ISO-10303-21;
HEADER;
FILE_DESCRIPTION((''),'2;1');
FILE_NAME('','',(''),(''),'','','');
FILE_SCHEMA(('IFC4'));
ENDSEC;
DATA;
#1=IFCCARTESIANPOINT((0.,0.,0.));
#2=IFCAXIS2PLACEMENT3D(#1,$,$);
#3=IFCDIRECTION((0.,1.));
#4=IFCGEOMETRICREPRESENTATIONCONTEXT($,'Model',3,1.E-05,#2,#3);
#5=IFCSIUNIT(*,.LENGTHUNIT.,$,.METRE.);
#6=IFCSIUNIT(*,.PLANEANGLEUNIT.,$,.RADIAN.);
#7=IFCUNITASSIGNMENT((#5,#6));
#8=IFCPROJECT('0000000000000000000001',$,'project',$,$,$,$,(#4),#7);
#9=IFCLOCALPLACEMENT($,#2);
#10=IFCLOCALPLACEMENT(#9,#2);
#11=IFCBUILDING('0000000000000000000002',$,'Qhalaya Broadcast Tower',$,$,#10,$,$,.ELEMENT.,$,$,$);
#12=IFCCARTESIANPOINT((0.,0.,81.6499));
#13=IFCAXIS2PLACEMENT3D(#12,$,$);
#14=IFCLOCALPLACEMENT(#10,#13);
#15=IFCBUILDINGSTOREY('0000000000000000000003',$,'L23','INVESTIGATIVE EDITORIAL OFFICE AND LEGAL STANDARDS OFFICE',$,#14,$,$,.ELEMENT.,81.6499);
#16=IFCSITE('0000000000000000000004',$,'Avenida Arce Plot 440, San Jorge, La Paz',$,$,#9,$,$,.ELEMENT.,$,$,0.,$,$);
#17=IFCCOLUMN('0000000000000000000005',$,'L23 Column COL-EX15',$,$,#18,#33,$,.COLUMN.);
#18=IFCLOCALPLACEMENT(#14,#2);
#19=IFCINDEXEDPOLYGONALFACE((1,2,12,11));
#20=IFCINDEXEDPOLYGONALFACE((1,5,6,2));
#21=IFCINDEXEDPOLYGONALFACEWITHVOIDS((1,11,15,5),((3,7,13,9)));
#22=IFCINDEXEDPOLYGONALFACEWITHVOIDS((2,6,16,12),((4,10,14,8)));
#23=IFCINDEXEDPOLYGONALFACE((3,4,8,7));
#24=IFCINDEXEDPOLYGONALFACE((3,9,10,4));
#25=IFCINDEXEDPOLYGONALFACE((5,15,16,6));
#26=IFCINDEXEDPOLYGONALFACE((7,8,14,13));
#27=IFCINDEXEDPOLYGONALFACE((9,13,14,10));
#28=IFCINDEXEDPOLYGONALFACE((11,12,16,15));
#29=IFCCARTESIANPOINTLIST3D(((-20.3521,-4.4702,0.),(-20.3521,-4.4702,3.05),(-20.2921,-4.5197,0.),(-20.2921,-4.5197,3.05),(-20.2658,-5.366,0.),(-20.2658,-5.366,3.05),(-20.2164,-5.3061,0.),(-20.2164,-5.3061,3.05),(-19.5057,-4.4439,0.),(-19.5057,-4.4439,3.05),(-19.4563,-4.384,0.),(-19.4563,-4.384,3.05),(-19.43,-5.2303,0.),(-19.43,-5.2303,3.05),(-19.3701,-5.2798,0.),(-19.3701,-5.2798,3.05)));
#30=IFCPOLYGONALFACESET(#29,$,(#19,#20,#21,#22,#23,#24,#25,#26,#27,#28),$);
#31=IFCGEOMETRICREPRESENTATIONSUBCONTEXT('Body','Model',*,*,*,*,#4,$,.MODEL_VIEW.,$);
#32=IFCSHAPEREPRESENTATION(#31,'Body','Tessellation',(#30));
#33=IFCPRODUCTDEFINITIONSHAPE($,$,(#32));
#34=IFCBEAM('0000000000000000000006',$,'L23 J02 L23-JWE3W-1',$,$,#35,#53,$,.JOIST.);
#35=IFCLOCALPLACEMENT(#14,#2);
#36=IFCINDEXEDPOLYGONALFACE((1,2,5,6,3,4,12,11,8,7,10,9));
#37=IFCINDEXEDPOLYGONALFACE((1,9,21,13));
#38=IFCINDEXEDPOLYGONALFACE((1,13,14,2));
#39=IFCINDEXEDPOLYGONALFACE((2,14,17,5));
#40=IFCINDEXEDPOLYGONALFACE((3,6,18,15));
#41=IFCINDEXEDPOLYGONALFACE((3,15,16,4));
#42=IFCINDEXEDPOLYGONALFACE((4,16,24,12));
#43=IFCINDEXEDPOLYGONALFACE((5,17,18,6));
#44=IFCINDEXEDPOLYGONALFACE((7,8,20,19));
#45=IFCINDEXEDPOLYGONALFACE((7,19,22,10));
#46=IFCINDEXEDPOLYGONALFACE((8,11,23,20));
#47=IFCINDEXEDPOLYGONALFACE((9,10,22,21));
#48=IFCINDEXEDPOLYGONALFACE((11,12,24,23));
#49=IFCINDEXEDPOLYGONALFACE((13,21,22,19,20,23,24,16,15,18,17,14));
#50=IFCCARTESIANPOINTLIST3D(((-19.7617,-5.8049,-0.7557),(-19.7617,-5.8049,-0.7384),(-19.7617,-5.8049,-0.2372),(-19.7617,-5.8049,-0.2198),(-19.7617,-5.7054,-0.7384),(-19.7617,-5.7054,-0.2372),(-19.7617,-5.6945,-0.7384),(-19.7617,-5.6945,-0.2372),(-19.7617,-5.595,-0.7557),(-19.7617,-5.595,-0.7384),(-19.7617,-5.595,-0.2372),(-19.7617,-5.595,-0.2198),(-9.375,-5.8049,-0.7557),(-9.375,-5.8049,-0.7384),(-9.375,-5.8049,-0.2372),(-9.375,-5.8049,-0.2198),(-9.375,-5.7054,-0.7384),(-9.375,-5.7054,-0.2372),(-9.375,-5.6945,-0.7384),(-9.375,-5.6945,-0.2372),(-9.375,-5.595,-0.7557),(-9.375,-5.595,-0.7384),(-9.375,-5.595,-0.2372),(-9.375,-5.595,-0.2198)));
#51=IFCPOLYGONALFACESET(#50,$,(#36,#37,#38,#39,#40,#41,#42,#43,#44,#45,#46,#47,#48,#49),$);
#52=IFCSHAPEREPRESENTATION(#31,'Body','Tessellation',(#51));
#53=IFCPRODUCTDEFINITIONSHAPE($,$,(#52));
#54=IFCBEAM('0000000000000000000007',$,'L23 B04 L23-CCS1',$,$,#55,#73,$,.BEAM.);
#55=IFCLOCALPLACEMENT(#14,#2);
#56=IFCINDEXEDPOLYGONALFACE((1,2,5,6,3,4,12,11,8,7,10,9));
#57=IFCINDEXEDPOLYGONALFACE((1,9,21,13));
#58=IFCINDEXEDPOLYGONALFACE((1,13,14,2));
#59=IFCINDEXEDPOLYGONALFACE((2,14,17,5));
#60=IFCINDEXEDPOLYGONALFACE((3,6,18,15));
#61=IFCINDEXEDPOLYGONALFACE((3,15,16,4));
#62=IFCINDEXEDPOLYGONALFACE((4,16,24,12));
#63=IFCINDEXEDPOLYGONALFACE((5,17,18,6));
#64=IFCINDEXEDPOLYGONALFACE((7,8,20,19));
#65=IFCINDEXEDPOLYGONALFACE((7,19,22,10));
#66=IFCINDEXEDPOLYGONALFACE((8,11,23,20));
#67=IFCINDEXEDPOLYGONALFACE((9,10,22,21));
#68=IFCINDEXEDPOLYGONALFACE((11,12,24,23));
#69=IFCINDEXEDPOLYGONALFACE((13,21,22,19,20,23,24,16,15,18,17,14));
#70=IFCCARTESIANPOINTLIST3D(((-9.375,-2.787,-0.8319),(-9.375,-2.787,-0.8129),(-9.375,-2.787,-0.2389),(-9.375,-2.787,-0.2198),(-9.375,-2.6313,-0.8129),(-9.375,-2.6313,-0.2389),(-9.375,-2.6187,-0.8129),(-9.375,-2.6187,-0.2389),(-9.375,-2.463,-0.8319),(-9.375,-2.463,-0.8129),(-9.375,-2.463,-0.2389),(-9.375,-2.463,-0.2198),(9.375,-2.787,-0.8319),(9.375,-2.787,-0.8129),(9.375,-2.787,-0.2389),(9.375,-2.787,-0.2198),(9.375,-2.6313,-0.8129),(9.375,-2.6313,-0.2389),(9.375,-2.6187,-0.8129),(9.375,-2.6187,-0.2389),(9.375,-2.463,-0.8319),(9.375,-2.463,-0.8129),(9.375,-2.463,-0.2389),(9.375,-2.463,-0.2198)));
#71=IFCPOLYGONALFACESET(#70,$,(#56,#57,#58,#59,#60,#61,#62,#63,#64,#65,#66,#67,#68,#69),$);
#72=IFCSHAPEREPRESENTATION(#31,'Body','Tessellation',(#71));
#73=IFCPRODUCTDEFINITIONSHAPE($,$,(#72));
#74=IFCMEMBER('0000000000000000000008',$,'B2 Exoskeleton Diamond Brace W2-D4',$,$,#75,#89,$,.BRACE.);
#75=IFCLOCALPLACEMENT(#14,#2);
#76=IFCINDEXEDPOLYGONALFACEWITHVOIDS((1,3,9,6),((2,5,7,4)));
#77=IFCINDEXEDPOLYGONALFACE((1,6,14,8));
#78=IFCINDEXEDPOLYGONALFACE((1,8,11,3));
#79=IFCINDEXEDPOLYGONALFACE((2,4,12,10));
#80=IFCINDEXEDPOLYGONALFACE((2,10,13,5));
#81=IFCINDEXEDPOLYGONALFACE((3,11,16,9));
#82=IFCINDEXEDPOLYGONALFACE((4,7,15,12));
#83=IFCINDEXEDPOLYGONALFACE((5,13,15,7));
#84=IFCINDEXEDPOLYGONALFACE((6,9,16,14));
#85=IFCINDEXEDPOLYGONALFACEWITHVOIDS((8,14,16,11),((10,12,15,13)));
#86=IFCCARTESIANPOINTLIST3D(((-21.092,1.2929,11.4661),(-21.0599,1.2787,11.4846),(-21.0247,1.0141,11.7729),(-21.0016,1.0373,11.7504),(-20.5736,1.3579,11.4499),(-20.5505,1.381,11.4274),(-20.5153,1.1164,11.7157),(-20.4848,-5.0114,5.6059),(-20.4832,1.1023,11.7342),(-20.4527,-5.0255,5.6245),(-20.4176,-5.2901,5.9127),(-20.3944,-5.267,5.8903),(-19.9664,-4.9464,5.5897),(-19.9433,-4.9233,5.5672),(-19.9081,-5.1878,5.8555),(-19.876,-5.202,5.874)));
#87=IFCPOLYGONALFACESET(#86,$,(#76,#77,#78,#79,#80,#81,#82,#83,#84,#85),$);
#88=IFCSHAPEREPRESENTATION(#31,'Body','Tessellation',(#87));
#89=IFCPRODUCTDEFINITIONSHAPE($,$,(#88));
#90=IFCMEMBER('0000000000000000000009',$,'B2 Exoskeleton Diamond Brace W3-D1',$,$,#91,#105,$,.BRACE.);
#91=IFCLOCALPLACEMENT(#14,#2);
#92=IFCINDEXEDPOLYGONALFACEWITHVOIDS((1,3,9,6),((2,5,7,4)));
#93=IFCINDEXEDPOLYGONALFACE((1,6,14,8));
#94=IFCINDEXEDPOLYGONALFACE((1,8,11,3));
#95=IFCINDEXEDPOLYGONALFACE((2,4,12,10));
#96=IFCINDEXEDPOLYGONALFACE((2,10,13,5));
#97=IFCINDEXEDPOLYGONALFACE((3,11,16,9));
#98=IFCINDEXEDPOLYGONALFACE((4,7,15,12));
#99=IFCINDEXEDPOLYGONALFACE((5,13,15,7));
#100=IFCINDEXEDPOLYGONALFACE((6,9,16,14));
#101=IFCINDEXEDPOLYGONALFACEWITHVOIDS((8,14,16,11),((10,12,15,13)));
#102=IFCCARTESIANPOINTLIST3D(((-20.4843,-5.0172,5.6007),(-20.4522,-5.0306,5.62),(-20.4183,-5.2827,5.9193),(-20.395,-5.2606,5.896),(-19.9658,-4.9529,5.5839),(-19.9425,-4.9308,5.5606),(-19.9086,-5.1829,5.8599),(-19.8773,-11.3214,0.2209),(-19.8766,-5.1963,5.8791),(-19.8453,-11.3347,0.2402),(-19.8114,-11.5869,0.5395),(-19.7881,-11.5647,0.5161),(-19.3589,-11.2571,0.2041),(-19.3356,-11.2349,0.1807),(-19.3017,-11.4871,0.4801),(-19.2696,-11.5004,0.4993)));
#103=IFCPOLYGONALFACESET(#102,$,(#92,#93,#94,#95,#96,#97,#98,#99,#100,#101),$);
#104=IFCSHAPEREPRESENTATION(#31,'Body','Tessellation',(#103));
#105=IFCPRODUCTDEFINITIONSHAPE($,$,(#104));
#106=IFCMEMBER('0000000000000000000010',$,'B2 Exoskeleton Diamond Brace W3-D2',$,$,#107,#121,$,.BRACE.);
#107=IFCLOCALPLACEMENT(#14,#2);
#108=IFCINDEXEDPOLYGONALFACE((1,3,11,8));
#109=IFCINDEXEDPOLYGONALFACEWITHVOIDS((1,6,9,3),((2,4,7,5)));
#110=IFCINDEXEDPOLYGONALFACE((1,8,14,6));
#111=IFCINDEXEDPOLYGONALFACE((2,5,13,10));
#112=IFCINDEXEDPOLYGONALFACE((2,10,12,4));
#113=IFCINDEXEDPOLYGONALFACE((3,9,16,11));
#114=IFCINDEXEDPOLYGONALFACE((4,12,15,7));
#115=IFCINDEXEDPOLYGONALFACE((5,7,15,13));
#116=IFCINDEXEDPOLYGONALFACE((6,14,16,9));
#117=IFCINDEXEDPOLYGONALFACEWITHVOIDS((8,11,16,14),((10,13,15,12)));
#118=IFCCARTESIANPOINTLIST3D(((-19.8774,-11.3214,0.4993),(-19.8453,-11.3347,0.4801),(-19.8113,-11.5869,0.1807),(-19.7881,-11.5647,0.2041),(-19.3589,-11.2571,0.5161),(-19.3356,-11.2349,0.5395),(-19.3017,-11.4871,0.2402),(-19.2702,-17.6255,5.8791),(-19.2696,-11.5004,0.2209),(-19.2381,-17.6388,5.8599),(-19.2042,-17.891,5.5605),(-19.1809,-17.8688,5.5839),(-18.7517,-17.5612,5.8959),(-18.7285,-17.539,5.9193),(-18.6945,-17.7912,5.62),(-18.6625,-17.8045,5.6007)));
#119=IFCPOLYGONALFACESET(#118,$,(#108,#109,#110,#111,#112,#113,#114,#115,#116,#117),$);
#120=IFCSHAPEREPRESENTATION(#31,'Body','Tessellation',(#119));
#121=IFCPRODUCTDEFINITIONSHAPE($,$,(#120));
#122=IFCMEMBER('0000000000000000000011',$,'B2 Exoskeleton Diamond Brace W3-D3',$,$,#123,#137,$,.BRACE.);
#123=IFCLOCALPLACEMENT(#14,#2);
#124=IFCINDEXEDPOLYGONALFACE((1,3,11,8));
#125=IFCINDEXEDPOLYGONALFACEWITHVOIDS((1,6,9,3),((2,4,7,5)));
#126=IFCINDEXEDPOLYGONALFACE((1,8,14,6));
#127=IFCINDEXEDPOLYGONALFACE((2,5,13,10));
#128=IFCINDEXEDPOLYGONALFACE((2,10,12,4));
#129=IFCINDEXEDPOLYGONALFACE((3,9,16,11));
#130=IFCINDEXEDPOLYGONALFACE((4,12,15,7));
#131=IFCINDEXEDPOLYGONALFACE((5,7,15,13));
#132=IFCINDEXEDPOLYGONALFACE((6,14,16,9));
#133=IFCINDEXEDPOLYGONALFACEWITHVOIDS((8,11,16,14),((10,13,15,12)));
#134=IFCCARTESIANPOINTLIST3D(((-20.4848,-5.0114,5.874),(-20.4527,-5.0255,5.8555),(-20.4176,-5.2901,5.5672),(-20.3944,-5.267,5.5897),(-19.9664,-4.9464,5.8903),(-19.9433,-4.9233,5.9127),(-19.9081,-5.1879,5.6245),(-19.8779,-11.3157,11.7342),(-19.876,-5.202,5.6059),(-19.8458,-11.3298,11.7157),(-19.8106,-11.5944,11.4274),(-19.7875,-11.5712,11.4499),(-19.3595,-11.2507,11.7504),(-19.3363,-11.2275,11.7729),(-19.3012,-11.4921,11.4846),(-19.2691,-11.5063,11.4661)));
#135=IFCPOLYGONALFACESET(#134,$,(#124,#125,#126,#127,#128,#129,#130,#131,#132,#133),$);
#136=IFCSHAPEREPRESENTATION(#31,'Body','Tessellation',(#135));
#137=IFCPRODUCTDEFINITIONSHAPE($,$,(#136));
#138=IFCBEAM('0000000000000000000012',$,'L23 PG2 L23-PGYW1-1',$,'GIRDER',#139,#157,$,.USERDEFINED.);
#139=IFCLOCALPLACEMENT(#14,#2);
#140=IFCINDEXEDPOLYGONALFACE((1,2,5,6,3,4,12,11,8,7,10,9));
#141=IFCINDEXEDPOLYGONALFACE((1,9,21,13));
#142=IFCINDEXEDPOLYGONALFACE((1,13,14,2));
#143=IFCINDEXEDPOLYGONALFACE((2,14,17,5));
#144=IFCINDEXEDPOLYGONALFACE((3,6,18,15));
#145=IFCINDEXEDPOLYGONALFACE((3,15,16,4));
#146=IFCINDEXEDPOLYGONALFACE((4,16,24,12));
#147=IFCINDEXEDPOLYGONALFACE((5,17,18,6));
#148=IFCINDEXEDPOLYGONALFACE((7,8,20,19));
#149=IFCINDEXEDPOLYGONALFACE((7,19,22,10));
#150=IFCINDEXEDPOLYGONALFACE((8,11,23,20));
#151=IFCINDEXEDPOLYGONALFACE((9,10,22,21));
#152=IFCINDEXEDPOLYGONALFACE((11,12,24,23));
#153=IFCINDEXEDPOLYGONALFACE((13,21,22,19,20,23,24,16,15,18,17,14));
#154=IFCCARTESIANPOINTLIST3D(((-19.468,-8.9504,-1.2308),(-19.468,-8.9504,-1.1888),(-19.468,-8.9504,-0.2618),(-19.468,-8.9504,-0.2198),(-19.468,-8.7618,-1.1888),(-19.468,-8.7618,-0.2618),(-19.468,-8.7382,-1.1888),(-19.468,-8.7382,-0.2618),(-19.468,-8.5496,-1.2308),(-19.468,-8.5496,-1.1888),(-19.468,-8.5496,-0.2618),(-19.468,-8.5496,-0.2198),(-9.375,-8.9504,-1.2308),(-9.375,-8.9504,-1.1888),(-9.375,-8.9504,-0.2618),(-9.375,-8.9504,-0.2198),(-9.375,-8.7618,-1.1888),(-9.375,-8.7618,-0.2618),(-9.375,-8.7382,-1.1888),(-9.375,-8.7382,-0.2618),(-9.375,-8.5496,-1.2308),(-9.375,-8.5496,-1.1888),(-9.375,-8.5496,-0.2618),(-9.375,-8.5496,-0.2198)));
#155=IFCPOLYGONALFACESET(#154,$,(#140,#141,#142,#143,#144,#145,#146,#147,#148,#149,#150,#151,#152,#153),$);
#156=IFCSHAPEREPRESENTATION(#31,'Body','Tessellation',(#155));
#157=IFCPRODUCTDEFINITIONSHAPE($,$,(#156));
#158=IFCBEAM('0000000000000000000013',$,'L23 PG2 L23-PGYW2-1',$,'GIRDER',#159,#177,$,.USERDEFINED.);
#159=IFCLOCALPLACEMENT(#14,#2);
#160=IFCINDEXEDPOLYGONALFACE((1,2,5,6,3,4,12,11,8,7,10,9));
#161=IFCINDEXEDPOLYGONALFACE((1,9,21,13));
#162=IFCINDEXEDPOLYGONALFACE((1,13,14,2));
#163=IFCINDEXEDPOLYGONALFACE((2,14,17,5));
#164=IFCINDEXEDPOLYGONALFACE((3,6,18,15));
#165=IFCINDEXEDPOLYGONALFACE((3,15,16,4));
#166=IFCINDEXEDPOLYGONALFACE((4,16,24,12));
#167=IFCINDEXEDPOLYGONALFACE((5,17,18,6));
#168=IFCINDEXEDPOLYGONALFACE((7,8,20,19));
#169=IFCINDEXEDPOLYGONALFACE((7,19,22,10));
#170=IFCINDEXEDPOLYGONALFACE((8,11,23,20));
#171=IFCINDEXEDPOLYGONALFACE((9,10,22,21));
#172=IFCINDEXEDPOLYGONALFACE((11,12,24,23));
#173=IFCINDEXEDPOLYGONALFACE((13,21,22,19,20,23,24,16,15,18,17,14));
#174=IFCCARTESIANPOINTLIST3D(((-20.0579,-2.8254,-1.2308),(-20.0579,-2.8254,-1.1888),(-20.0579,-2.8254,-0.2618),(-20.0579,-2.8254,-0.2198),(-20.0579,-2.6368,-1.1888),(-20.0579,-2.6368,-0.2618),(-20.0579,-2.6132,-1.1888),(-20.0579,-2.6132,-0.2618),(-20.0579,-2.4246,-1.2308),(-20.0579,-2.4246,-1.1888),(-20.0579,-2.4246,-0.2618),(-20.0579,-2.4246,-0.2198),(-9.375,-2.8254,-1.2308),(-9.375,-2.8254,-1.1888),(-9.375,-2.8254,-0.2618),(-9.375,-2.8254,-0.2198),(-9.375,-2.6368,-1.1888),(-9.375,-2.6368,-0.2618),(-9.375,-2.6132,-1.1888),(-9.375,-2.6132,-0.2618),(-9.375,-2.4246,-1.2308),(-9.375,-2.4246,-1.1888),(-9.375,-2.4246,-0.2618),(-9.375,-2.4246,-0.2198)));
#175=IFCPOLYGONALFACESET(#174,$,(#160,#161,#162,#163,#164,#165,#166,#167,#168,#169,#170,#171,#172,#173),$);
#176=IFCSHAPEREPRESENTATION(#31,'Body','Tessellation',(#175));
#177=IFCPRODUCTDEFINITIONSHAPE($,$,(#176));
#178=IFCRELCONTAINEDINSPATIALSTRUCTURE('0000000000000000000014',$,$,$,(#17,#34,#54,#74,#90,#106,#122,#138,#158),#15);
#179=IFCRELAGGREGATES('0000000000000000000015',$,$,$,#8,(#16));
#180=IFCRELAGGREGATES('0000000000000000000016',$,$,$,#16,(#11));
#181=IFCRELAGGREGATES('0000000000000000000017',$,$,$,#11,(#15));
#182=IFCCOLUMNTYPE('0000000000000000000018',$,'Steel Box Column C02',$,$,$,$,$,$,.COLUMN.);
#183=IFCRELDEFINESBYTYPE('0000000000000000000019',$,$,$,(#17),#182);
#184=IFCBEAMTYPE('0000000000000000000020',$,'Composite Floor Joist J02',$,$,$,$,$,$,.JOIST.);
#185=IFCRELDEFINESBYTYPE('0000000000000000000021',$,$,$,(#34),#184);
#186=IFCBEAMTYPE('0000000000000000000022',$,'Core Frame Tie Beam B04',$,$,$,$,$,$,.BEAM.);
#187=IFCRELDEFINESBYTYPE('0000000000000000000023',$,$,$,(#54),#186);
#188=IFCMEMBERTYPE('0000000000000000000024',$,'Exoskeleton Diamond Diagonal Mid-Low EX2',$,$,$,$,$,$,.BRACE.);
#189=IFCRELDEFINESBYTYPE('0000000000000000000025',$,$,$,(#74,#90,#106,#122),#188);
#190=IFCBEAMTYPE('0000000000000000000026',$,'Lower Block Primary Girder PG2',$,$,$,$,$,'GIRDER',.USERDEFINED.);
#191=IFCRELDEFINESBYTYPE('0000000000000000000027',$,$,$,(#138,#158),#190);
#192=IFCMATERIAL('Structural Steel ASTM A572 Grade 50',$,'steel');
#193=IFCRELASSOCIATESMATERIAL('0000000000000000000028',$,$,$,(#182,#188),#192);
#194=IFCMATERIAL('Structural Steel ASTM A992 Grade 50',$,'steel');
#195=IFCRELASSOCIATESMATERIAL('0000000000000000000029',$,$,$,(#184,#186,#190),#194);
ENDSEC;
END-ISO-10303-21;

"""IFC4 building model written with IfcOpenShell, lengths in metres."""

from ifc_helpers import new_model, si_unit, direction, frame, origin, origin_2d, place, context, subcontext, project, spatial, hollow_rectangle, i_section, extrude, material, material_profile, profile_set, type_object, element, save


model = new_model("IFC4")

# Units and contexts
model_context = context("Model", 3, precision=1e-05, world=origin(), true_north=direction((0.0, 1.0)))
body_context = subcontext(model_context, "Body", "Model", "MODEL_VIEW")
ifc_project = project(units=[si_unit("LENGTHUNIT", "METRE"), si_unit("PLANEANGLEUNIT", "RADIAN")], contexts=[model_context])

# Site, building, storey
site_placement = place(None, origin())
site = spatial("IfcSite", under=ifc_project, at=site_placement, Name="Avenida Arce Plot 440, San Jorge, La Paz", CompositionType="ELEMENT", RefElevation=0.0)
building_placement = place(site_placement, origin())
building = spatial("IfcBuilding", under=site, at=building_placement, Name="Qhalaya Broadcast Tower", CompositionType="ELEMENT")
storey_placement = place(building_placement, frame((0.0, 0.0, 81.6499)))
storey = spatial("IfcBuildingStorey", under=building, at=storey_placement, Name="L23", Description="INVESTIGATIVE EDITORIAL OFFICE AND LEGAL STANDARDS OFFICE", CompositionType="ELEMENT", Elevation=81.6499)

# Column
ifc_material_1 = material(Name="Structural Steel ASTM A572 Grade 50", Category="steel")
ifc_material_profile_1 = material_profile(ifc_material_1, hollow_rectangle(XDim=0.8999, YDim=0.8999, WallThickness=0.0549, at=origin_2d()), Name="BOX 900x900x55")
ifc_profile_set_1 = profile_set([ifc_material_profile_1], Name="Structural Steel ASTM A572 Grade 50")
column_type = type_object("IfcColumnType", Name="Steel Box Column C02", PredefinedType="COLUMN", material=ifc_profile_set_1)
column_placement = place(storey_placement, frame((-19.8611, -4.875, 0.0), z_axis=(0.0, 0.0, 1.0), x_axis=(-0.095846, 0.995396, 0.0)))
element("IfcColumn", 1, at=column_placement, inside=storey, type_object=column_type, Name="L23 Column COL-EX15", PredefinedType="COLUMN", context=body_context, shape_type="SweptSolid", body=[
    extrude(hollow_rectangle(XDim=0.8999, YDim=0.8999, WallThickness=0.0549, at=origin_2d()), origin(), (0.0, 0.0, 1.0), 3.05),
])

# Beams
ifc_material_2 = material(Name="Structural Steel ASTM A992 Grade 50", Category="steel")
ifc_material_profile_2 = material_profile(ifc_material_2, i_section(OverallWidth=0.21, OverallDepth=0.5359, WebThickness=0.011, FlangeThickness=0.0173, at=origin_2d()), Name="W21X68")
ifc_profile_set_2 = profile_set([ifc_material_profile_2], Name="Structural Steel ASTM A992 Grade 50")
beam_type_1 = type_object("IfcBeamType", Name="Composite Floor Joist J02", PredefinedType="JOIST", material=ifc_profile_set_2)
beam_1_placement = place(storey_placement, frame((-19.7617, -5.7, -0.4878), z_axis=(1.0, 0.0, 0.0), x_axis=(0.0, 1.0, 0.0)))
element("IfcBeam", 2, at=beam_1_placement, inside=storey, type_object=beam_type_1, Name="L23 J02 L23-JWE3W-1", PredefinedType="JOIST", context=body_context, shape_type="SweptSolid", body=[
    extrude(i_section(OverallWidth=0.21, OverallDepth=0.5359, WebThickness=0.011, FlangeThickness=0.0173, at=origin_2d()), origin(), (0.0, 0.0, 1.0), 10.3867),
])
ifc_material_profile_3 = material_profile(ifc_material_2, i_section(OverallWidth=0.324, OverallDepth=0.6121, WebThickness=0.0127, FlangeThickness=0.019, at=origin_2d()), Name="W24X104")
ifc_profile_set_3 = profile_set([ifc_material_profile_3], Name="Structural Steel ASTM A992 Grade 50")
beam_type_2 = type_object("IfcBeamType", Name="Core Frame Tie Beam B04", PredefinedType="BEAM", material=ifc_profile_set_3)
beam_2_placement = place(storey_placement, frame((-9.375, -2.625, -0.5259), z_axis=(1.0, 0.0, 0.0), x_axis=(0.0, 1.0, 0.0)))
element("IfcBeam", 3, at=beam_2_placement, inside=storey, type_object=beam_type_2, Name="L23 B04 L23-CCS1", PredefinedType="BEAM", context=body_context, shape_type="SweptSolid", body=[
    extrude(i_section(OverallWidth=0.324, OverallDepth=0.6121, WebThickness=0.0127, FlangeThickness=0.019, at=origin_2d()), origin(), (0.0, 0.0, 1.0), 18.75),
])

# Members
ifc_material_profile_4 = material_profile(ifc_material_1, hollow_rectangle(XDim=0.4199, YDim=0.55, WallThickness=0.0281, at=origin_2d()), Name="BOX 420x550x28")
ifc_profile_set_4 = profile_set([ifc_material_profile_4], Name="Structural Steel ASTM A572 Grade 50")
member_type_1 = type_object("IfcMemberType", Name="Exoskeleton Diamond Diagonal Mid-Low EX2", PredefinedType="BRACE", material=ifc_profile_set_4)
member_1_placement = place(storey_placement, frame((-20.1804, -5.1067, 5.74), z_axis=(-0.070368, 0.730618, 0.679151), x_axis=(0.160214, -0.663721, 0.73062)))
element("IfcMember", 4, at=member_1_placement, inside=storey, type_object=member_type_1, Name="B2 Exoskeleton Diamond Brace W2-D4", PredefinedType="BRACE", context=body_context, shape_type="SweptSolid", body=[
    extrude(hollow_rectangle(XDim=0.4199, YDim=0.55, WallThickness=0.0281, at=origin_2d()), origin(), (0.0, 0.0, 1.0), 8.6287),
])
for number, where, z_axis, x_axis, name in (
    (5, (-19.5735, -11.4109, 0.3601), (-0.073037, 0.758637, 0.647406), (0.157161, -0.632275, 0.758636), "B2 Exoskeleton Diamond Brace W3-D1"),
    (6, (-19.5735, -11.4109, 0.3601), (0.073067, -0.758636, 0.647405), (-0.157185, 0.632268, 0.758637), "B2 Exoskeleton Diamond Brace W3-D2"),
):
    element("IfcMember", number, at=place(storey_placement, frame(where, z_axis=z_axis, x_axis=x_axis)), inside=storey, type_object=member_type_1, Name=name, PredefinedType="BRACE", context=body_context, shape_type="SweptSolid", body=[
        extrude(hollow_rectangle(XDim=0.4199, YDim=0.55, WallThickness=0.0281, at=origin_2d()), origin(), (0.0, 0.0, 1.0), 8.3098),
    ])
member_2_placement = place(storey_placement, frame((-20.1804, -5.1067, 5.74), z_axis=(0.07034, -0.73062, 0.679152), x_axis=(-0.160189, 0.663729, 0.730619)))
element("IfcMember", 7, at=member_2_placement, inside=storey, type_object=member_type_1, Name="B2 Exoskeleton Diamond Brace W3-D3", PredefinedType="BRACE", context=body_context, shape_type="SweptSolid", body=[
    extrude(hollow_rectangle(XDim=0.4199, YDim=0.55, WallThickness=0.0281, at=origin_2d()), origin(), (0.0, 0.0, 1.0), 8.6287),
])

# Beams
ifc_material_profile_5 = material_profile(ifc_material_2, i_section(OverallWidth=0.4009, OverallDepth=1.011, WebThickness=0.0237, FlangeThickness=0.042, at=origin_2d()), Name="W40X297")
ifc_profile_set_5 = profile_set([ifc_material_profile_5], Name="Structural Steel ASTM A992 Grade 50")
beam_type_3 = type_object("IfcBeamType", Name="Lower Block Primary Girder PG2", ElementType="GIRDER", PredefinedType="USERDEFINED", material=ifc_profile_set_5)
beam_3_placement = place(storey_placement, frame((-19.468, -8.75, -0.7253), z_axis=(1.0, 0.0, 0.0), x_axis=(0.0, 1.0, 0.0)))
element("IfcBeam", 8, at=beam_3_placement, inside=storey, type_object=beam_type_3, Name="L23 PG2 L23-PGYW1-1", ObjectType="GIRDER", PredefinedType="USERDEFINED", context=body_context, shape_type="SweptSolid", body=[
    extrude(i_section(OverallWidth=0.4009, OverallDepth=1.011, WebThickness=0.0237, FlangeThickness=0.042, at=origin_2d()), origin(), (0.0, 0.0, 1.0), 10.093),
])
beam_4_placement = place(storey_placement, frame((-20.0579, -2.625, -0.7253), z_axis=(1.0, 0.0, 0.0), x_axis=(0.0, 1.0, 0.0)))
element("IfcBeam", 9, at=beam_4_placement, inside=storey, type_object=beam_type_3, Name="L23 PG2 L23-PGYW2-1", ObjectType="GIRDER", PredefinedType="USERDEFINED", context=body_context, shape_type="SweptSolid", body=[
    extrude(i_section(OverallWidth=0.4009, OverallDepth=1.011, WebThickness=0.0237, FlangeThickness=0.042, at=origin_2d()), origin(), (0.0, 0.0, 1.0), 10.6829),
])

save(model, "model.ifc")
